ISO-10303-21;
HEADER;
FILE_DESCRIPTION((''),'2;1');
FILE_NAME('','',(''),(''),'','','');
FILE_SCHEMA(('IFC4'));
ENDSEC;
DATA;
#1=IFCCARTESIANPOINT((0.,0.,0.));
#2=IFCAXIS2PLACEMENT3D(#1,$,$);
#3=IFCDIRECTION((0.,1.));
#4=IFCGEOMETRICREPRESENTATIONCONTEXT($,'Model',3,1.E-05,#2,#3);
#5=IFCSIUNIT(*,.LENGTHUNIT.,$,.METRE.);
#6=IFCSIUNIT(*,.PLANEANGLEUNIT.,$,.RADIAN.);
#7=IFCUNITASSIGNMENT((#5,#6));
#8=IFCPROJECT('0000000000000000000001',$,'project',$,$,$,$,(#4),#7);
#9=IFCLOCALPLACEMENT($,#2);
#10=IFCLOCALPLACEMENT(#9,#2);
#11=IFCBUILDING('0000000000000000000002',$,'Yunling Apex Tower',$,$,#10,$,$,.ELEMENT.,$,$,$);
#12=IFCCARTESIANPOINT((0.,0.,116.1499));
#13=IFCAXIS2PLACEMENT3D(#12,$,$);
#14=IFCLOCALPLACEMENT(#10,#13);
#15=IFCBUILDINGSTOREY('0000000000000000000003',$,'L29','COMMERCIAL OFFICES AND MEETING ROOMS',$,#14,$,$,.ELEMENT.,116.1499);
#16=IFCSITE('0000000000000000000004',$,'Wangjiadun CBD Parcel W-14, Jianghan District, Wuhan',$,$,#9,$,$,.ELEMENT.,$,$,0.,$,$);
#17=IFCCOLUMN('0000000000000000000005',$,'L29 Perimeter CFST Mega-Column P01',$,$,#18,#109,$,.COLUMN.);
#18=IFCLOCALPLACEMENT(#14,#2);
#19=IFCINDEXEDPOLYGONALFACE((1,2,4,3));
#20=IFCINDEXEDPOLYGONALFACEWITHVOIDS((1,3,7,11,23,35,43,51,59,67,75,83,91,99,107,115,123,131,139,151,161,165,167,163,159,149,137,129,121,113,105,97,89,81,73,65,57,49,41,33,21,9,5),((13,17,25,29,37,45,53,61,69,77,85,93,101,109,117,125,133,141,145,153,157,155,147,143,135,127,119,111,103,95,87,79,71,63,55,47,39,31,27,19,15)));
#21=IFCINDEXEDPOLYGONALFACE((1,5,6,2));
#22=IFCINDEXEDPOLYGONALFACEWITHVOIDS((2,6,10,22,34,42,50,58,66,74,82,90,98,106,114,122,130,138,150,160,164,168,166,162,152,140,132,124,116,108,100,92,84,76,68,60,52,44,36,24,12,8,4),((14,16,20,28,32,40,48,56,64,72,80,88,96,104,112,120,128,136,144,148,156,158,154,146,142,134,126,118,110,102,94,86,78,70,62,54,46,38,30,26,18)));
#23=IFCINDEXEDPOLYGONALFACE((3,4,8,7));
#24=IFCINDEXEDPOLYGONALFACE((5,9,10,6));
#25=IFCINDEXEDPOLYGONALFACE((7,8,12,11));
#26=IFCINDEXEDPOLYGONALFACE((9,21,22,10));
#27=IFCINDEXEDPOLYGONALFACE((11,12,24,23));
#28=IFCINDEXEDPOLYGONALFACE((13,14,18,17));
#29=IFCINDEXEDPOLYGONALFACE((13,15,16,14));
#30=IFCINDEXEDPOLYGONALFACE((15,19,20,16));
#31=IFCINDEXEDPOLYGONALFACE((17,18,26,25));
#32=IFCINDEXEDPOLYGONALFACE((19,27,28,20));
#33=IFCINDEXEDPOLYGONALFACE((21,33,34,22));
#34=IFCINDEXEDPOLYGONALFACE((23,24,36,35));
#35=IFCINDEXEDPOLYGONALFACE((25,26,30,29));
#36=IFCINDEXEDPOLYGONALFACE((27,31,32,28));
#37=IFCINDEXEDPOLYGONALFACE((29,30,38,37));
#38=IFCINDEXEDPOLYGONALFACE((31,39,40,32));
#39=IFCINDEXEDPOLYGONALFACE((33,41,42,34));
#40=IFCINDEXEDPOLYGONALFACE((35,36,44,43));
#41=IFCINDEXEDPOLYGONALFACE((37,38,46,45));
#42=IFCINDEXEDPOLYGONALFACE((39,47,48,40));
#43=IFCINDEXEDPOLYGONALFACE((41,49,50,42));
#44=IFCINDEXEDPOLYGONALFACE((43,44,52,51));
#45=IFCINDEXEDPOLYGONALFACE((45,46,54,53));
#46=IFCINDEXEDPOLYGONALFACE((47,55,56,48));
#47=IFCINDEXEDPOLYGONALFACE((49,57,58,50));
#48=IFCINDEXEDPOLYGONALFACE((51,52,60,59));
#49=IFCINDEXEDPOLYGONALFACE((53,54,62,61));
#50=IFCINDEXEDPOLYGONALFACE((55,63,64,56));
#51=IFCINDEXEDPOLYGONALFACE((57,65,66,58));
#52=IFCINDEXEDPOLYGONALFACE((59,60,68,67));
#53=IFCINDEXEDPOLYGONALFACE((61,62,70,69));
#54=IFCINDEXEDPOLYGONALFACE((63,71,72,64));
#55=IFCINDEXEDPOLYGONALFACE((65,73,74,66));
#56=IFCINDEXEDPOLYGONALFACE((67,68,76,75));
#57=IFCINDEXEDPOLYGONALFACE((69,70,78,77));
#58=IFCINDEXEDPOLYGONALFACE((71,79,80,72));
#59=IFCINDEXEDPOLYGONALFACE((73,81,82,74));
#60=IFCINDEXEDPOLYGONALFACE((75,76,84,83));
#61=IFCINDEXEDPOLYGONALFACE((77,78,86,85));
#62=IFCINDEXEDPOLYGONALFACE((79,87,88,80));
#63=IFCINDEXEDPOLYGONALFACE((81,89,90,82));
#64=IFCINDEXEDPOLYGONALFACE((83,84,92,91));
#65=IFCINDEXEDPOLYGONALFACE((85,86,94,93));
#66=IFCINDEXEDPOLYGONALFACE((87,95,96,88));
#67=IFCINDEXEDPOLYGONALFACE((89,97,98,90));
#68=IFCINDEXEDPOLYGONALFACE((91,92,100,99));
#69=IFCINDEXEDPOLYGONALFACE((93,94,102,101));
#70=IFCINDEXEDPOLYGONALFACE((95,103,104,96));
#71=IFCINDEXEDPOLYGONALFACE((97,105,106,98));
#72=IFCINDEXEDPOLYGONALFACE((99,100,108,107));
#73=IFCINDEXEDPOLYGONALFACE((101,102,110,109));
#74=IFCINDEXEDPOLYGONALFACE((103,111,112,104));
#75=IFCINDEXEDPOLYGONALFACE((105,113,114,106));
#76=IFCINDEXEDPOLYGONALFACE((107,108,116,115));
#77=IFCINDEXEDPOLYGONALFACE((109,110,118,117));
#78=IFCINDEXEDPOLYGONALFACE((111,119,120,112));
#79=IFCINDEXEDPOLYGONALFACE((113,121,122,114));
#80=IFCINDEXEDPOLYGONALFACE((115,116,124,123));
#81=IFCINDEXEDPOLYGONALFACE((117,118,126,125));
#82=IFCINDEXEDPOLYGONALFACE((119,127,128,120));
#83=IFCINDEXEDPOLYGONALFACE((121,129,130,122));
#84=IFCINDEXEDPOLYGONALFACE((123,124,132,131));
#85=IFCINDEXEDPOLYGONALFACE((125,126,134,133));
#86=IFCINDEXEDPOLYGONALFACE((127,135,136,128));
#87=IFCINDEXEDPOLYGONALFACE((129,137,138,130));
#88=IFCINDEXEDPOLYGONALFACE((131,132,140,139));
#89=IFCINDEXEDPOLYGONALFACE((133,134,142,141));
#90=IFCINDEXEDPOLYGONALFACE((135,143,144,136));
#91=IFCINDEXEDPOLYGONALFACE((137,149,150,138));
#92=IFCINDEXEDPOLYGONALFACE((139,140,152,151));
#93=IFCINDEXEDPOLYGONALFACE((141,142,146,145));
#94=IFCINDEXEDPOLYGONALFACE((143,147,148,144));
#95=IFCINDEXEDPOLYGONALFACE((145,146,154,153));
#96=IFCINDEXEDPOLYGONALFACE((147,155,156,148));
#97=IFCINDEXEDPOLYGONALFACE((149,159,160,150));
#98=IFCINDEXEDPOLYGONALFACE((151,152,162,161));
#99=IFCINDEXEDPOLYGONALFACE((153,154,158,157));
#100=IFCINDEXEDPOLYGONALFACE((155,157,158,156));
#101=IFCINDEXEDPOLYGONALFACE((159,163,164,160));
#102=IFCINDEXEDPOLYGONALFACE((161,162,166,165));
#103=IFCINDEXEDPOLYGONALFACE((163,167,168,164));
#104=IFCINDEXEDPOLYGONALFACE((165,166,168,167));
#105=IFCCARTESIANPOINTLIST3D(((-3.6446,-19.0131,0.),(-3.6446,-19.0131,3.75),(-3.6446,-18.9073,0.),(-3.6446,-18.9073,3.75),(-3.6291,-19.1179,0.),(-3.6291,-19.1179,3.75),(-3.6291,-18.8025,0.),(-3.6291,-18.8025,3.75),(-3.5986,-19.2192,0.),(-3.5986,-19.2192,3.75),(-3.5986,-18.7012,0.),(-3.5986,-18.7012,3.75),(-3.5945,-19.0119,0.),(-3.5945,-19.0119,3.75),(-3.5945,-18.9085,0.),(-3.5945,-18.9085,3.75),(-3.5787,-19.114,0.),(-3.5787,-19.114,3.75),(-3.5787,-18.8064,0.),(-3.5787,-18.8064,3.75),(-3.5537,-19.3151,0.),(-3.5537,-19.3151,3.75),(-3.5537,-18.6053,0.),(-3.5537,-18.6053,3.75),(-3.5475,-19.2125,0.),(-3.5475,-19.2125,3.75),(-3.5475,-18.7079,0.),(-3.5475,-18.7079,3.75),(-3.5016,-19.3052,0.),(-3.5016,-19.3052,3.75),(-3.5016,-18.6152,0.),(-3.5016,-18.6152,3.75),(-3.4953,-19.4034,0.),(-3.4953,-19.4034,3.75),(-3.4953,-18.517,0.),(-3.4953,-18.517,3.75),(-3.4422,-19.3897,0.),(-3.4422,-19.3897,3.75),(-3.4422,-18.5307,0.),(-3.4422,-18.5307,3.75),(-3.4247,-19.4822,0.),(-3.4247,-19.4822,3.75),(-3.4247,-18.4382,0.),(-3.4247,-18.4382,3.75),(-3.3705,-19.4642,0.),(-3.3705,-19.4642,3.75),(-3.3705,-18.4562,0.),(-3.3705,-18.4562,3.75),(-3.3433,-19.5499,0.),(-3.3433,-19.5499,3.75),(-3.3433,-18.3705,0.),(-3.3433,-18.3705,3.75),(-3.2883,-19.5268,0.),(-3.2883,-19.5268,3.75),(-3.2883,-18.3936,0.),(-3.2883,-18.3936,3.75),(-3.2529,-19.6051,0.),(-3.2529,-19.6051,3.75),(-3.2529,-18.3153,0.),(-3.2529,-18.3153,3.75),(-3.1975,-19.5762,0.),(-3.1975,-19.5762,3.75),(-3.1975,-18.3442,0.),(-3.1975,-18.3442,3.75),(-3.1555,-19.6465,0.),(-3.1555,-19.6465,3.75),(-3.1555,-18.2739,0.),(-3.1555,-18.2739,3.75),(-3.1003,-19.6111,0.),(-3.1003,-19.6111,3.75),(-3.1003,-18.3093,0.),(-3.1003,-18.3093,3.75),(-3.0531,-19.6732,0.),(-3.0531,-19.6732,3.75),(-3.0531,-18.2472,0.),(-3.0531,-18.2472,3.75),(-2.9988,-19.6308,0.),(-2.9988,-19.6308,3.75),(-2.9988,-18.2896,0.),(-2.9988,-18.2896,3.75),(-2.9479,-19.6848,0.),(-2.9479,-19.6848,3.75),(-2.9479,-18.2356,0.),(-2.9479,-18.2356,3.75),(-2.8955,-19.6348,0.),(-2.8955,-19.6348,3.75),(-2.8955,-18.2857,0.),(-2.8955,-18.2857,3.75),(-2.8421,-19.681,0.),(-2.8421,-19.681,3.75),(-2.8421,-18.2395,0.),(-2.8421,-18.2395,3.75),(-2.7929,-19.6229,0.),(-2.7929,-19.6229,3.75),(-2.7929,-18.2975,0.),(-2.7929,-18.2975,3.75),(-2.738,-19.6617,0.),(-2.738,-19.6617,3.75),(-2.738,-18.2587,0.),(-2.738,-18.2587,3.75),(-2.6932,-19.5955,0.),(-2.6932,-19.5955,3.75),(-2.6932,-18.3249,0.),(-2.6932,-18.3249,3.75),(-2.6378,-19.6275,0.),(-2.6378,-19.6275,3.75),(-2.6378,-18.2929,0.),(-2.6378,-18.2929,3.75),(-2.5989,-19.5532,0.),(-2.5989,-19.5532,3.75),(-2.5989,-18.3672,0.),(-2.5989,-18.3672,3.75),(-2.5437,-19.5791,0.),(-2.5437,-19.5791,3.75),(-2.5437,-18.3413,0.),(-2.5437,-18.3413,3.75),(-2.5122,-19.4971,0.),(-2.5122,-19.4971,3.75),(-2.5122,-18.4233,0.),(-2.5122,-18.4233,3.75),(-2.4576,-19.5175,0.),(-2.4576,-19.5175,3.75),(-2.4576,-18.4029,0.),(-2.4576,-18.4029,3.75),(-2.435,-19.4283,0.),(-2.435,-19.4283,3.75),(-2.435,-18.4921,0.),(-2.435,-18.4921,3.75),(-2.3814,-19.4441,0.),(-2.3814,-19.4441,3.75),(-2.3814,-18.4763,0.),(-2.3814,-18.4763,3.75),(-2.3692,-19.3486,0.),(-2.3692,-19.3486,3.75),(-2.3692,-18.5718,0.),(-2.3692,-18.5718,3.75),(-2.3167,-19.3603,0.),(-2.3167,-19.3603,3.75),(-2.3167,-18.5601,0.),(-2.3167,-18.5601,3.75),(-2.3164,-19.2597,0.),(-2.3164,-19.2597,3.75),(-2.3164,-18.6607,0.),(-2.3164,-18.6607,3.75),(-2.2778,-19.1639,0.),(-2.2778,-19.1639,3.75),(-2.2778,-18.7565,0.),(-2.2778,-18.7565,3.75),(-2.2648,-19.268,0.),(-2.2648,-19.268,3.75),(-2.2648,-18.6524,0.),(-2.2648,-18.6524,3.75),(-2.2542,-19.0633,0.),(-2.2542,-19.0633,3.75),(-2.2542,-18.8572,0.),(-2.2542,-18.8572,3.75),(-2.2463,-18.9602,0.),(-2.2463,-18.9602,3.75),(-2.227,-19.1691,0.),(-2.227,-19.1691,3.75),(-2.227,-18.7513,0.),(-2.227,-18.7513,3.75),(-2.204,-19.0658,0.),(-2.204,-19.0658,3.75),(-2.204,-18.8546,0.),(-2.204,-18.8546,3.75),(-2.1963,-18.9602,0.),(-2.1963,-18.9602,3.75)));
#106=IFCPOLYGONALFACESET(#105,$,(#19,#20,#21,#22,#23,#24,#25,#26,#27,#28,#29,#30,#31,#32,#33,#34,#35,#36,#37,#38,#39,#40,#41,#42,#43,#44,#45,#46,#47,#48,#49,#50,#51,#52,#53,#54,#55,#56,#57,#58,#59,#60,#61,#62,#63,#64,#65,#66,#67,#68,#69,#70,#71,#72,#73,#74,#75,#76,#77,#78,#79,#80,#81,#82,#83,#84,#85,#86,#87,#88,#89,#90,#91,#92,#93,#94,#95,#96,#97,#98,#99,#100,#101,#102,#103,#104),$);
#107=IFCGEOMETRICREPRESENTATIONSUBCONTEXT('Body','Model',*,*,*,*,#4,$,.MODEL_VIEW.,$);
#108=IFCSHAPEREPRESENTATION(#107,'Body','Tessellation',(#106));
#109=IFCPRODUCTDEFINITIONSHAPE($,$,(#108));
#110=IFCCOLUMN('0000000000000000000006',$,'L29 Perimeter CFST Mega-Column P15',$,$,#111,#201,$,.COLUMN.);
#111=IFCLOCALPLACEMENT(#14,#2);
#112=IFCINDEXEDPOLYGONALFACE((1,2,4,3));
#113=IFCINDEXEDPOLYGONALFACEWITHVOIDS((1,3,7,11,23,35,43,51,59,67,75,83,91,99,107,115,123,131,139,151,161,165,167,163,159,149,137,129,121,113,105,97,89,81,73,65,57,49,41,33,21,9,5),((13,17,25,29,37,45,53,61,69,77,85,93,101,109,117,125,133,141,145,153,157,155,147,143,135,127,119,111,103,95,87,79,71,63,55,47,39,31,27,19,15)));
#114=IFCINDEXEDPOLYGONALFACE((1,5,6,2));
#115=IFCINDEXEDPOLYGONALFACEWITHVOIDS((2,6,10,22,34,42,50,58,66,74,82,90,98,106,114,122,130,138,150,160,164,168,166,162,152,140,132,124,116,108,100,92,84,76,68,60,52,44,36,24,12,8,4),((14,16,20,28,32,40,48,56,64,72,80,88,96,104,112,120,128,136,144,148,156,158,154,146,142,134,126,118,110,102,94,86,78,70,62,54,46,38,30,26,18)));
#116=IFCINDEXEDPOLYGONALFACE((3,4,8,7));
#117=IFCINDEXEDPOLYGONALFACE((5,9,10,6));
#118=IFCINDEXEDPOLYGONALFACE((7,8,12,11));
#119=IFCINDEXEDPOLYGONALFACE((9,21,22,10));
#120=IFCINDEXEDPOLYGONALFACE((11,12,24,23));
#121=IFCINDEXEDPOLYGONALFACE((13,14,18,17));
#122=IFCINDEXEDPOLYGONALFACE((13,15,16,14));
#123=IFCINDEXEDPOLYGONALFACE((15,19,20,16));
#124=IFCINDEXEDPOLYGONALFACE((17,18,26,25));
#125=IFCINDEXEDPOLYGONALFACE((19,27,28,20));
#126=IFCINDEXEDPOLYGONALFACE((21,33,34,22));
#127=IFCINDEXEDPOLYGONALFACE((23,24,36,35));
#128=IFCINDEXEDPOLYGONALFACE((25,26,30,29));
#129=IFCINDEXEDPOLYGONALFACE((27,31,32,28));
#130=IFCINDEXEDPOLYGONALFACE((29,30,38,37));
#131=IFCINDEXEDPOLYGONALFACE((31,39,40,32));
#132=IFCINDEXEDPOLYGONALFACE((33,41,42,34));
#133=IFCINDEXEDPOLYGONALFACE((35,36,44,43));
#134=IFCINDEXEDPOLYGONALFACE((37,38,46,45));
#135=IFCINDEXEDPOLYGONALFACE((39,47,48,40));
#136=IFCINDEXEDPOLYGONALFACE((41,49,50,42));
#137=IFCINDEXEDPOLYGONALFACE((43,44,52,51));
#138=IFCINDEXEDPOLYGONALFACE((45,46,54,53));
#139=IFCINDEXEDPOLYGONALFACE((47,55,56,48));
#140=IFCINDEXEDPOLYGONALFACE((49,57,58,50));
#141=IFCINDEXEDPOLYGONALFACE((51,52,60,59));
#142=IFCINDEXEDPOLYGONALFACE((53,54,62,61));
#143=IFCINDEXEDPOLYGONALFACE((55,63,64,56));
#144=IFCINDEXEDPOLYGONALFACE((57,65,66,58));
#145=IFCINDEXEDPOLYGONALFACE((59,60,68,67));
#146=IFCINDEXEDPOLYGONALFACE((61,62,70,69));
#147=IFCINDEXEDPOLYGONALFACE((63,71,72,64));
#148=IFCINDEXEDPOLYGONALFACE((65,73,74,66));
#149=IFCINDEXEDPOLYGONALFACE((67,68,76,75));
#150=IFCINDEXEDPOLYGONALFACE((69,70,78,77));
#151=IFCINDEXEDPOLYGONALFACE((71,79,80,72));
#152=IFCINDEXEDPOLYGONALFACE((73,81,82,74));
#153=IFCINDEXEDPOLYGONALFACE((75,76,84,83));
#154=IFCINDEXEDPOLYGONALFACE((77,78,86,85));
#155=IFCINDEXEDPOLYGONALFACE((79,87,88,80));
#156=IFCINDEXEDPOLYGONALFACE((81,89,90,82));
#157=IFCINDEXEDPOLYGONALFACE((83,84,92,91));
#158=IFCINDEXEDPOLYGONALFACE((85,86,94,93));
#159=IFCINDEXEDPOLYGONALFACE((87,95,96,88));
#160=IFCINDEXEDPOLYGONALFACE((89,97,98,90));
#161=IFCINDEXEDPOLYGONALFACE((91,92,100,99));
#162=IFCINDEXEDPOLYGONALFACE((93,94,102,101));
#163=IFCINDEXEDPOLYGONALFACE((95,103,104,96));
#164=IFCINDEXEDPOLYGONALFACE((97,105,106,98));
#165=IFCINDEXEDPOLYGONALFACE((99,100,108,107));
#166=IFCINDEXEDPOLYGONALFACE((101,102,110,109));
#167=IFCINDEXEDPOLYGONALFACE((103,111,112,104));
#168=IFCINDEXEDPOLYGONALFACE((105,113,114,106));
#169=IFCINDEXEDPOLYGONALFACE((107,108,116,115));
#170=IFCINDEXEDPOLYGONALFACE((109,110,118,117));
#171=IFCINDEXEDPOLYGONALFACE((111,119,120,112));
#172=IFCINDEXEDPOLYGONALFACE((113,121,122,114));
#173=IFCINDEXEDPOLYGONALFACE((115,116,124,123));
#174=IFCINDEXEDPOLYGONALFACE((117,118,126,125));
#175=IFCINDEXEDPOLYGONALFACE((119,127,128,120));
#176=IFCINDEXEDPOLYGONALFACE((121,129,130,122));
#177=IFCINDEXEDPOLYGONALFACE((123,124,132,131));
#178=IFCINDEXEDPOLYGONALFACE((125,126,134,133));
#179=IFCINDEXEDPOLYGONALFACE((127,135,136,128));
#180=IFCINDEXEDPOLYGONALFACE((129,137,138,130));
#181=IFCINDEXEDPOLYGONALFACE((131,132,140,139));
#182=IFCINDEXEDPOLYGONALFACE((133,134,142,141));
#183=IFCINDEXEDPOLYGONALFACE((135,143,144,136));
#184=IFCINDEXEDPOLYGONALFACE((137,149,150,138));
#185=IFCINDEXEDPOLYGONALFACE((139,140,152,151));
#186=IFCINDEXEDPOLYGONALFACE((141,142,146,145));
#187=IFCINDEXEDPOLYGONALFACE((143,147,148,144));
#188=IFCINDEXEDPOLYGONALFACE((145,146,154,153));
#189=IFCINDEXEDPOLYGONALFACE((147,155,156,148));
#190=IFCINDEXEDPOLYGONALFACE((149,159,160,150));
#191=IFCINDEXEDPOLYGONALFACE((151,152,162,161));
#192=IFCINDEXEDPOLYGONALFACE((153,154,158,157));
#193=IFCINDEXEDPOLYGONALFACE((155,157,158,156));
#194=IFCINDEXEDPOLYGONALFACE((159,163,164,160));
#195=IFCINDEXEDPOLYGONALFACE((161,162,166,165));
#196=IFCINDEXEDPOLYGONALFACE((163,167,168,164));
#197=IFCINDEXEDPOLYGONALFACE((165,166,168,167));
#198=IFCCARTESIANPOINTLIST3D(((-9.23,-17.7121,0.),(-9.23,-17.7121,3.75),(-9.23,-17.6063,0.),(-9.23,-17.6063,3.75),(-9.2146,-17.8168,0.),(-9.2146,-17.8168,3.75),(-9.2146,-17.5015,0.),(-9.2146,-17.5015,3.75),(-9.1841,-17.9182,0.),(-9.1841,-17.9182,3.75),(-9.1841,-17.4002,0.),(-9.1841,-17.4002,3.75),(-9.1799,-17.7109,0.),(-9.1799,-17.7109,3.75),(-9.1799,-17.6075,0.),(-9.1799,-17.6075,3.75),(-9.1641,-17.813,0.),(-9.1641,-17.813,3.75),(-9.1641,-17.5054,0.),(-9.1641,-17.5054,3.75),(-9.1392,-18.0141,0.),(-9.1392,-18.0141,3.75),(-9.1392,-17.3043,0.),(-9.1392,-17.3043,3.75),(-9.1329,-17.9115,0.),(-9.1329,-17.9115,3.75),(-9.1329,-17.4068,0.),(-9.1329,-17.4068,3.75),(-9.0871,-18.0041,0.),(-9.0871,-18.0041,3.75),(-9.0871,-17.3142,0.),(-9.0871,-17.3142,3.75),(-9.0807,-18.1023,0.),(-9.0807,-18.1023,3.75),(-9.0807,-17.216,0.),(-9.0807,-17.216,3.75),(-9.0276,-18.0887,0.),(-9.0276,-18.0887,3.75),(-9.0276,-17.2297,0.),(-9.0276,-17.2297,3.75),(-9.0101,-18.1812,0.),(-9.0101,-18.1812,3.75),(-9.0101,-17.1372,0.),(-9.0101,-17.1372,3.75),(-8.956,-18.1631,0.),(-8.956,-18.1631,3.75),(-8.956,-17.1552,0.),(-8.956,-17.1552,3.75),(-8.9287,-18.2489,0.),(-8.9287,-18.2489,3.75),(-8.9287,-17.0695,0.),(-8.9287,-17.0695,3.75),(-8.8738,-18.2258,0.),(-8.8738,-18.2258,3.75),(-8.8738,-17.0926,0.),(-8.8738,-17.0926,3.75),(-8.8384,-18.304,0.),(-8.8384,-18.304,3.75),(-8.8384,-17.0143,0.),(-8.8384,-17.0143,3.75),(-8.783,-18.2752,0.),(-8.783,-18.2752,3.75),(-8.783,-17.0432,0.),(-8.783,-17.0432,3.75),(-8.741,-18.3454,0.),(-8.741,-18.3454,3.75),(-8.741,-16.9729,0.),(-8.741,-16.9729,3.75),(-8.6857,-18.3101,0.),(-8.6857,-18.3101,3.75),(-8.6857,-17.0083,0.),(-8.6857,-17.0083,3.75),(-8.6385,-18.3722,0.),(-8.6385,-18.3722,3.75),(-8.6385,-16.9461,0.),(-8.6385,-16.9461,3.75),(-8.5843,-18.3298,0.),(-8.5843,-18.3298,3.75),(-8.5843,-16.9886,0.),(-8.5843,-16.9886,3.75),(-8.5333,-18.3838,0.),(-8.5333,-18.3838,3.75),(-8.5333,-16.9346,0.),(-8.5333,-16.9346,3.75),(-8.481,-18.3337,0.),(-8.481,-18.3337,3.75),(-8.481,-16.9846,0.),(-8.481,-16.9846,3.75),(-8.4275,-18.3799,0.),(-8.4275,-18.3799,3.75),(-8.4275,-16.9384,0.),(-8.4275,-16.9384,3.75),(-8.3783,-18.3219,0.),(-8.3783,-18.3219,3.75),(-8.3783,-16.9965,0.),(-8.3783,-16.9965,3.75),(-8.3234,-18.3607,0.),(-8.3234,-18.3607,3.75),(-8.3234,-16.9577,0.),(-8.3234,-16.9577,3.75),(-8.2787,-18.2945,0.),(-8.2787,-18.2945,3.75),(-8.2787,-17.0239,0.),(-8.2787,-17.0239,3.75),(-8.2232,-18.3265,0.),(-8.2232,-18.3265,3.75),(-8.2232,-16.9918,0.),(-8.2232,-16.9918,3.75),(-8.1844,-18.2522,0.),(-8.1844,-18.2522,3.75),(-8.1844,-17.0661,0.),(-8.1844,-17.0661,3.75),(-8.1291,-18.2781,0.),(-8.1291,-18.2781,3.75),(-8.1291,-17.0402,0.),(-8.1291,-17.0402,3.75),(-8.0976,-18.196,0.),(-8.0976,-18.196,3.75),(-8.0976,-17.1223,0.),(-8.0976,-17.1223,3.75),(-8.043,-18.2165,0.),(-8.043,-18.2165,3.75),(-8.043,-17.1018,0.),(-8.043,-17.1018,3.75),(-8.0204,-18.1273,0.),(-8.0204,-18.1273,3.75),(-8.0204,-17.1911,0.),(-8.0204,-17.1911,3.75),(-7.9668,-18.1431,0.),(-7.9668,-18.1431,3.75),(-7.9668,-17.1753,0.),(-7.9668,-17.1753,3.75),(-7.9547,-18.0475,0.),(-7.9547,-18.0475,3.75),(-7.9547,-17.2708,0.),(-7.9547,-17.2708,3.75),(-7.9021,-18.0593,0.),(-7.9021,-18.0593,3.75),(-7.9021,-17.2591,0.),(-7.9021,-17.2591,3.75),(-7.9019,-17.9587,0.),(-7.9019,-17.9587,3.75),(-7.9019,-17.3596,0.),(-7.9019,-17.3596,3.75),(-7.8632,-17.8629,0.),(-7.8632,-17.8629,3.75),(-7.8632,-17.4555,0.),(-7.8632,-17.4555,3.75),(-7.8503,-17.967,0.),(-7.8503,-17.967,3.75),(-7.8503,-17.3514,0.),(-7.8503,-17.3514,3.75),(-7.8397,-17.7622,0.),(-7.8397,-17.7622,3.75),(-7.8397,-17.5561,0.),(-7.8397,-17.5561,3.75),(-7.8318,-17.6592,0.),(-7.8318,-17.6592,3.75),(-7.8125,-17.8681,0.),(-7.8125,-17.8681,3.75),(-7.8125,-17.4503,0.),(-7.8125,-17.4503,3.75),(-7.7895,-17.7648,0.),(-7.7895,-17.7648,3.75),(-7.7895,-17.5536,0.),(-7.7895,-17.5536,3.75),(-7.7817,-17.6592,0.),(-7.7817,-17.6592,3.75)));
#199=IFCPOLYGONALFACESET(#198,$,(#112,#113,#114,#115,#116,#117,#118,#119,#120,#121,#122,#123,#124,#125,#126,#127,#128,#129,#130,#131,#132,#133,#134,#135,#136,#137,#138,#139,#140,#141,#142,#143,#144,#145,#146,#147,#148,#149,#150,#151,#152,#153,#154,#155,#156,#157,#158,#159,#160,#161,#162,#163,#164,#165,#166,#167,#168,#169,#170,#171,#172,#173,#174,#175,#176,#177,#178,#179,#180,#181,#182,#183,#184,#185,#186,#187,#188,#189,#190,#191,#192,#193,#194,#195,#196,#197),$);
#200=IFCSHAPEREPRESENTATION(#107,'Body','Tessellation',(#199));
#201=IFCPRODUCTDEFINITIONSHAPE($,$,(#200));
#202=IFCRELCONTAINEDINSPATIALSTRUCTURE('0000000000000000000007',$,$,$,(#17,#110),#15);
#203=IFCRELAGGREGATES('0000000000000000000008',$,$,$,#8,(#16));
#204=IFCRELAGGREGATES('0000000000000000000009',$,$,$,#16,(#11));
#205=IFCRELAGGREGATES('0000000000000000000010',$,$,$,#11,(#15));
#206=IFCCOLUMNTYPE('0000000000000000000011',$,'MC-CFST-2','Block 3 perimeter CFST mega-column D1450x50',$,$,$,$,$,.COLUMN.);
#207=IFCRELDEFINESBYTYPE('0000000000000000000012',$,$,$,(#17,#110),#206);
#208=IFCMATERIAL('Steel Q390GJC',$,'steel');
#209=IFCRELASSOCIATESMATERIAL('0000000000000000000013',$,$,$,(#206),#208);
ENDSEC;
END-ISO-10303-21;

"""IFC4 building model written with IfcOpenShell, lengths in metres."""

from ifc_helpers import new_model, si_unit, direction, frame, origin, origin_2d, place, context, subcontext, project, spatial, hollow_circle, extrude, source, transform, mapped, material, material_profile, profile_set, type_object, element, save


model = new_model("IFC4")

# Units and contexts
model_context = context("Model", 3, precision=1e-05, world=origin(), true_north=direction((0.0, 1.0)))
body_context = subcontext(model_context, "Body", "Model", "MODEL_VIEW")
ifc_project = project(units=[si_unit("LENGTHUNIT", "METRE"), si_unit("PLANEANGLEUNIT", "RADIAN")], contexts=[model_context])

# Site, building, storey
site_placement = place(None, origin())
site = spatial("IfcSite", under=ifc_project, at=site_placement, Name="Wangjiadun CBD Parcel W-14, Jianghan District, Wuhan", CompositionType="ELEMENT", RefElevation=0.0)
building_placement = place(site_placement, origin())
building = spatial("IfcBuilding", under=site, at=building_placement, Name="Yunling Apex Tower", CompositionType="ELEMENT")
storey_placement = place(building_placement, frame((0.0, 0.0, 116.1499)))
storey = spatial("IfcBuildingStorey", under=building, at=storey_placement, Name="L29", Description="COMMERCIAL OFFICES AND MEETING ROOMS", CompositionType="ELEMENT", Elevation=116.1499)

# Columns
ifc_material_1 = material(Name="Steel Q390GJC", Category="steel")
ifc_material_profile_1 = material_profile(ifc_material_1, hollow_circle(Radius=0.7251, WallThickness=0.05, at=origin_2d()))
ifc_profile_set_1 = profile_set([ifc_material_profile_1], Name="Steel Q390GJC")
column_type = type_object("IfcColumnType", Name="MC-CFST-2", Description="Block 3 perimeter CFST mega-column D1450x50", PredefinedType="COLUMN", material=ifc_profile_set_1)
shared_shape_1 = source(origin(), body_context, "Body", "SweptSolid", [
    extrude(hollow_circle(Radius=0.7251, WallThickness=0.05, at=origin_2d()), origin(), (0.0, 0.0, 1.0), 3.75),
])
for number, where, z_axis, x_axis, name in (
    (1, (-2.9214, -18.9602, 0.0), (0.0, 0.0, 1.0), (1.0, 0.0, 0.0), "L29 Perimeter CFST Mega-Column P01"),
    (2, (-8.5068, -17.6592, 0.0), (0.0, 0.0, 1.0), (1.0, 0.0, 0.0), "L29 Perimeter CFST Mega-Column P15"),
):
    element("IfcColumn", number, at=place(storey_placement, frame(where, z_axis=z_axis, x_axis=x_axis)), inside=storey, type_object=column_type, Name=name, PredefinedType="COLUMN", context=body_context, shape_type="MappedRepresentation", body=[
        mapped(shared_shape_1, transform((0.0, 0.0, 0.0), scale=1.0)),
    ])

save(model, "model.ifc")
